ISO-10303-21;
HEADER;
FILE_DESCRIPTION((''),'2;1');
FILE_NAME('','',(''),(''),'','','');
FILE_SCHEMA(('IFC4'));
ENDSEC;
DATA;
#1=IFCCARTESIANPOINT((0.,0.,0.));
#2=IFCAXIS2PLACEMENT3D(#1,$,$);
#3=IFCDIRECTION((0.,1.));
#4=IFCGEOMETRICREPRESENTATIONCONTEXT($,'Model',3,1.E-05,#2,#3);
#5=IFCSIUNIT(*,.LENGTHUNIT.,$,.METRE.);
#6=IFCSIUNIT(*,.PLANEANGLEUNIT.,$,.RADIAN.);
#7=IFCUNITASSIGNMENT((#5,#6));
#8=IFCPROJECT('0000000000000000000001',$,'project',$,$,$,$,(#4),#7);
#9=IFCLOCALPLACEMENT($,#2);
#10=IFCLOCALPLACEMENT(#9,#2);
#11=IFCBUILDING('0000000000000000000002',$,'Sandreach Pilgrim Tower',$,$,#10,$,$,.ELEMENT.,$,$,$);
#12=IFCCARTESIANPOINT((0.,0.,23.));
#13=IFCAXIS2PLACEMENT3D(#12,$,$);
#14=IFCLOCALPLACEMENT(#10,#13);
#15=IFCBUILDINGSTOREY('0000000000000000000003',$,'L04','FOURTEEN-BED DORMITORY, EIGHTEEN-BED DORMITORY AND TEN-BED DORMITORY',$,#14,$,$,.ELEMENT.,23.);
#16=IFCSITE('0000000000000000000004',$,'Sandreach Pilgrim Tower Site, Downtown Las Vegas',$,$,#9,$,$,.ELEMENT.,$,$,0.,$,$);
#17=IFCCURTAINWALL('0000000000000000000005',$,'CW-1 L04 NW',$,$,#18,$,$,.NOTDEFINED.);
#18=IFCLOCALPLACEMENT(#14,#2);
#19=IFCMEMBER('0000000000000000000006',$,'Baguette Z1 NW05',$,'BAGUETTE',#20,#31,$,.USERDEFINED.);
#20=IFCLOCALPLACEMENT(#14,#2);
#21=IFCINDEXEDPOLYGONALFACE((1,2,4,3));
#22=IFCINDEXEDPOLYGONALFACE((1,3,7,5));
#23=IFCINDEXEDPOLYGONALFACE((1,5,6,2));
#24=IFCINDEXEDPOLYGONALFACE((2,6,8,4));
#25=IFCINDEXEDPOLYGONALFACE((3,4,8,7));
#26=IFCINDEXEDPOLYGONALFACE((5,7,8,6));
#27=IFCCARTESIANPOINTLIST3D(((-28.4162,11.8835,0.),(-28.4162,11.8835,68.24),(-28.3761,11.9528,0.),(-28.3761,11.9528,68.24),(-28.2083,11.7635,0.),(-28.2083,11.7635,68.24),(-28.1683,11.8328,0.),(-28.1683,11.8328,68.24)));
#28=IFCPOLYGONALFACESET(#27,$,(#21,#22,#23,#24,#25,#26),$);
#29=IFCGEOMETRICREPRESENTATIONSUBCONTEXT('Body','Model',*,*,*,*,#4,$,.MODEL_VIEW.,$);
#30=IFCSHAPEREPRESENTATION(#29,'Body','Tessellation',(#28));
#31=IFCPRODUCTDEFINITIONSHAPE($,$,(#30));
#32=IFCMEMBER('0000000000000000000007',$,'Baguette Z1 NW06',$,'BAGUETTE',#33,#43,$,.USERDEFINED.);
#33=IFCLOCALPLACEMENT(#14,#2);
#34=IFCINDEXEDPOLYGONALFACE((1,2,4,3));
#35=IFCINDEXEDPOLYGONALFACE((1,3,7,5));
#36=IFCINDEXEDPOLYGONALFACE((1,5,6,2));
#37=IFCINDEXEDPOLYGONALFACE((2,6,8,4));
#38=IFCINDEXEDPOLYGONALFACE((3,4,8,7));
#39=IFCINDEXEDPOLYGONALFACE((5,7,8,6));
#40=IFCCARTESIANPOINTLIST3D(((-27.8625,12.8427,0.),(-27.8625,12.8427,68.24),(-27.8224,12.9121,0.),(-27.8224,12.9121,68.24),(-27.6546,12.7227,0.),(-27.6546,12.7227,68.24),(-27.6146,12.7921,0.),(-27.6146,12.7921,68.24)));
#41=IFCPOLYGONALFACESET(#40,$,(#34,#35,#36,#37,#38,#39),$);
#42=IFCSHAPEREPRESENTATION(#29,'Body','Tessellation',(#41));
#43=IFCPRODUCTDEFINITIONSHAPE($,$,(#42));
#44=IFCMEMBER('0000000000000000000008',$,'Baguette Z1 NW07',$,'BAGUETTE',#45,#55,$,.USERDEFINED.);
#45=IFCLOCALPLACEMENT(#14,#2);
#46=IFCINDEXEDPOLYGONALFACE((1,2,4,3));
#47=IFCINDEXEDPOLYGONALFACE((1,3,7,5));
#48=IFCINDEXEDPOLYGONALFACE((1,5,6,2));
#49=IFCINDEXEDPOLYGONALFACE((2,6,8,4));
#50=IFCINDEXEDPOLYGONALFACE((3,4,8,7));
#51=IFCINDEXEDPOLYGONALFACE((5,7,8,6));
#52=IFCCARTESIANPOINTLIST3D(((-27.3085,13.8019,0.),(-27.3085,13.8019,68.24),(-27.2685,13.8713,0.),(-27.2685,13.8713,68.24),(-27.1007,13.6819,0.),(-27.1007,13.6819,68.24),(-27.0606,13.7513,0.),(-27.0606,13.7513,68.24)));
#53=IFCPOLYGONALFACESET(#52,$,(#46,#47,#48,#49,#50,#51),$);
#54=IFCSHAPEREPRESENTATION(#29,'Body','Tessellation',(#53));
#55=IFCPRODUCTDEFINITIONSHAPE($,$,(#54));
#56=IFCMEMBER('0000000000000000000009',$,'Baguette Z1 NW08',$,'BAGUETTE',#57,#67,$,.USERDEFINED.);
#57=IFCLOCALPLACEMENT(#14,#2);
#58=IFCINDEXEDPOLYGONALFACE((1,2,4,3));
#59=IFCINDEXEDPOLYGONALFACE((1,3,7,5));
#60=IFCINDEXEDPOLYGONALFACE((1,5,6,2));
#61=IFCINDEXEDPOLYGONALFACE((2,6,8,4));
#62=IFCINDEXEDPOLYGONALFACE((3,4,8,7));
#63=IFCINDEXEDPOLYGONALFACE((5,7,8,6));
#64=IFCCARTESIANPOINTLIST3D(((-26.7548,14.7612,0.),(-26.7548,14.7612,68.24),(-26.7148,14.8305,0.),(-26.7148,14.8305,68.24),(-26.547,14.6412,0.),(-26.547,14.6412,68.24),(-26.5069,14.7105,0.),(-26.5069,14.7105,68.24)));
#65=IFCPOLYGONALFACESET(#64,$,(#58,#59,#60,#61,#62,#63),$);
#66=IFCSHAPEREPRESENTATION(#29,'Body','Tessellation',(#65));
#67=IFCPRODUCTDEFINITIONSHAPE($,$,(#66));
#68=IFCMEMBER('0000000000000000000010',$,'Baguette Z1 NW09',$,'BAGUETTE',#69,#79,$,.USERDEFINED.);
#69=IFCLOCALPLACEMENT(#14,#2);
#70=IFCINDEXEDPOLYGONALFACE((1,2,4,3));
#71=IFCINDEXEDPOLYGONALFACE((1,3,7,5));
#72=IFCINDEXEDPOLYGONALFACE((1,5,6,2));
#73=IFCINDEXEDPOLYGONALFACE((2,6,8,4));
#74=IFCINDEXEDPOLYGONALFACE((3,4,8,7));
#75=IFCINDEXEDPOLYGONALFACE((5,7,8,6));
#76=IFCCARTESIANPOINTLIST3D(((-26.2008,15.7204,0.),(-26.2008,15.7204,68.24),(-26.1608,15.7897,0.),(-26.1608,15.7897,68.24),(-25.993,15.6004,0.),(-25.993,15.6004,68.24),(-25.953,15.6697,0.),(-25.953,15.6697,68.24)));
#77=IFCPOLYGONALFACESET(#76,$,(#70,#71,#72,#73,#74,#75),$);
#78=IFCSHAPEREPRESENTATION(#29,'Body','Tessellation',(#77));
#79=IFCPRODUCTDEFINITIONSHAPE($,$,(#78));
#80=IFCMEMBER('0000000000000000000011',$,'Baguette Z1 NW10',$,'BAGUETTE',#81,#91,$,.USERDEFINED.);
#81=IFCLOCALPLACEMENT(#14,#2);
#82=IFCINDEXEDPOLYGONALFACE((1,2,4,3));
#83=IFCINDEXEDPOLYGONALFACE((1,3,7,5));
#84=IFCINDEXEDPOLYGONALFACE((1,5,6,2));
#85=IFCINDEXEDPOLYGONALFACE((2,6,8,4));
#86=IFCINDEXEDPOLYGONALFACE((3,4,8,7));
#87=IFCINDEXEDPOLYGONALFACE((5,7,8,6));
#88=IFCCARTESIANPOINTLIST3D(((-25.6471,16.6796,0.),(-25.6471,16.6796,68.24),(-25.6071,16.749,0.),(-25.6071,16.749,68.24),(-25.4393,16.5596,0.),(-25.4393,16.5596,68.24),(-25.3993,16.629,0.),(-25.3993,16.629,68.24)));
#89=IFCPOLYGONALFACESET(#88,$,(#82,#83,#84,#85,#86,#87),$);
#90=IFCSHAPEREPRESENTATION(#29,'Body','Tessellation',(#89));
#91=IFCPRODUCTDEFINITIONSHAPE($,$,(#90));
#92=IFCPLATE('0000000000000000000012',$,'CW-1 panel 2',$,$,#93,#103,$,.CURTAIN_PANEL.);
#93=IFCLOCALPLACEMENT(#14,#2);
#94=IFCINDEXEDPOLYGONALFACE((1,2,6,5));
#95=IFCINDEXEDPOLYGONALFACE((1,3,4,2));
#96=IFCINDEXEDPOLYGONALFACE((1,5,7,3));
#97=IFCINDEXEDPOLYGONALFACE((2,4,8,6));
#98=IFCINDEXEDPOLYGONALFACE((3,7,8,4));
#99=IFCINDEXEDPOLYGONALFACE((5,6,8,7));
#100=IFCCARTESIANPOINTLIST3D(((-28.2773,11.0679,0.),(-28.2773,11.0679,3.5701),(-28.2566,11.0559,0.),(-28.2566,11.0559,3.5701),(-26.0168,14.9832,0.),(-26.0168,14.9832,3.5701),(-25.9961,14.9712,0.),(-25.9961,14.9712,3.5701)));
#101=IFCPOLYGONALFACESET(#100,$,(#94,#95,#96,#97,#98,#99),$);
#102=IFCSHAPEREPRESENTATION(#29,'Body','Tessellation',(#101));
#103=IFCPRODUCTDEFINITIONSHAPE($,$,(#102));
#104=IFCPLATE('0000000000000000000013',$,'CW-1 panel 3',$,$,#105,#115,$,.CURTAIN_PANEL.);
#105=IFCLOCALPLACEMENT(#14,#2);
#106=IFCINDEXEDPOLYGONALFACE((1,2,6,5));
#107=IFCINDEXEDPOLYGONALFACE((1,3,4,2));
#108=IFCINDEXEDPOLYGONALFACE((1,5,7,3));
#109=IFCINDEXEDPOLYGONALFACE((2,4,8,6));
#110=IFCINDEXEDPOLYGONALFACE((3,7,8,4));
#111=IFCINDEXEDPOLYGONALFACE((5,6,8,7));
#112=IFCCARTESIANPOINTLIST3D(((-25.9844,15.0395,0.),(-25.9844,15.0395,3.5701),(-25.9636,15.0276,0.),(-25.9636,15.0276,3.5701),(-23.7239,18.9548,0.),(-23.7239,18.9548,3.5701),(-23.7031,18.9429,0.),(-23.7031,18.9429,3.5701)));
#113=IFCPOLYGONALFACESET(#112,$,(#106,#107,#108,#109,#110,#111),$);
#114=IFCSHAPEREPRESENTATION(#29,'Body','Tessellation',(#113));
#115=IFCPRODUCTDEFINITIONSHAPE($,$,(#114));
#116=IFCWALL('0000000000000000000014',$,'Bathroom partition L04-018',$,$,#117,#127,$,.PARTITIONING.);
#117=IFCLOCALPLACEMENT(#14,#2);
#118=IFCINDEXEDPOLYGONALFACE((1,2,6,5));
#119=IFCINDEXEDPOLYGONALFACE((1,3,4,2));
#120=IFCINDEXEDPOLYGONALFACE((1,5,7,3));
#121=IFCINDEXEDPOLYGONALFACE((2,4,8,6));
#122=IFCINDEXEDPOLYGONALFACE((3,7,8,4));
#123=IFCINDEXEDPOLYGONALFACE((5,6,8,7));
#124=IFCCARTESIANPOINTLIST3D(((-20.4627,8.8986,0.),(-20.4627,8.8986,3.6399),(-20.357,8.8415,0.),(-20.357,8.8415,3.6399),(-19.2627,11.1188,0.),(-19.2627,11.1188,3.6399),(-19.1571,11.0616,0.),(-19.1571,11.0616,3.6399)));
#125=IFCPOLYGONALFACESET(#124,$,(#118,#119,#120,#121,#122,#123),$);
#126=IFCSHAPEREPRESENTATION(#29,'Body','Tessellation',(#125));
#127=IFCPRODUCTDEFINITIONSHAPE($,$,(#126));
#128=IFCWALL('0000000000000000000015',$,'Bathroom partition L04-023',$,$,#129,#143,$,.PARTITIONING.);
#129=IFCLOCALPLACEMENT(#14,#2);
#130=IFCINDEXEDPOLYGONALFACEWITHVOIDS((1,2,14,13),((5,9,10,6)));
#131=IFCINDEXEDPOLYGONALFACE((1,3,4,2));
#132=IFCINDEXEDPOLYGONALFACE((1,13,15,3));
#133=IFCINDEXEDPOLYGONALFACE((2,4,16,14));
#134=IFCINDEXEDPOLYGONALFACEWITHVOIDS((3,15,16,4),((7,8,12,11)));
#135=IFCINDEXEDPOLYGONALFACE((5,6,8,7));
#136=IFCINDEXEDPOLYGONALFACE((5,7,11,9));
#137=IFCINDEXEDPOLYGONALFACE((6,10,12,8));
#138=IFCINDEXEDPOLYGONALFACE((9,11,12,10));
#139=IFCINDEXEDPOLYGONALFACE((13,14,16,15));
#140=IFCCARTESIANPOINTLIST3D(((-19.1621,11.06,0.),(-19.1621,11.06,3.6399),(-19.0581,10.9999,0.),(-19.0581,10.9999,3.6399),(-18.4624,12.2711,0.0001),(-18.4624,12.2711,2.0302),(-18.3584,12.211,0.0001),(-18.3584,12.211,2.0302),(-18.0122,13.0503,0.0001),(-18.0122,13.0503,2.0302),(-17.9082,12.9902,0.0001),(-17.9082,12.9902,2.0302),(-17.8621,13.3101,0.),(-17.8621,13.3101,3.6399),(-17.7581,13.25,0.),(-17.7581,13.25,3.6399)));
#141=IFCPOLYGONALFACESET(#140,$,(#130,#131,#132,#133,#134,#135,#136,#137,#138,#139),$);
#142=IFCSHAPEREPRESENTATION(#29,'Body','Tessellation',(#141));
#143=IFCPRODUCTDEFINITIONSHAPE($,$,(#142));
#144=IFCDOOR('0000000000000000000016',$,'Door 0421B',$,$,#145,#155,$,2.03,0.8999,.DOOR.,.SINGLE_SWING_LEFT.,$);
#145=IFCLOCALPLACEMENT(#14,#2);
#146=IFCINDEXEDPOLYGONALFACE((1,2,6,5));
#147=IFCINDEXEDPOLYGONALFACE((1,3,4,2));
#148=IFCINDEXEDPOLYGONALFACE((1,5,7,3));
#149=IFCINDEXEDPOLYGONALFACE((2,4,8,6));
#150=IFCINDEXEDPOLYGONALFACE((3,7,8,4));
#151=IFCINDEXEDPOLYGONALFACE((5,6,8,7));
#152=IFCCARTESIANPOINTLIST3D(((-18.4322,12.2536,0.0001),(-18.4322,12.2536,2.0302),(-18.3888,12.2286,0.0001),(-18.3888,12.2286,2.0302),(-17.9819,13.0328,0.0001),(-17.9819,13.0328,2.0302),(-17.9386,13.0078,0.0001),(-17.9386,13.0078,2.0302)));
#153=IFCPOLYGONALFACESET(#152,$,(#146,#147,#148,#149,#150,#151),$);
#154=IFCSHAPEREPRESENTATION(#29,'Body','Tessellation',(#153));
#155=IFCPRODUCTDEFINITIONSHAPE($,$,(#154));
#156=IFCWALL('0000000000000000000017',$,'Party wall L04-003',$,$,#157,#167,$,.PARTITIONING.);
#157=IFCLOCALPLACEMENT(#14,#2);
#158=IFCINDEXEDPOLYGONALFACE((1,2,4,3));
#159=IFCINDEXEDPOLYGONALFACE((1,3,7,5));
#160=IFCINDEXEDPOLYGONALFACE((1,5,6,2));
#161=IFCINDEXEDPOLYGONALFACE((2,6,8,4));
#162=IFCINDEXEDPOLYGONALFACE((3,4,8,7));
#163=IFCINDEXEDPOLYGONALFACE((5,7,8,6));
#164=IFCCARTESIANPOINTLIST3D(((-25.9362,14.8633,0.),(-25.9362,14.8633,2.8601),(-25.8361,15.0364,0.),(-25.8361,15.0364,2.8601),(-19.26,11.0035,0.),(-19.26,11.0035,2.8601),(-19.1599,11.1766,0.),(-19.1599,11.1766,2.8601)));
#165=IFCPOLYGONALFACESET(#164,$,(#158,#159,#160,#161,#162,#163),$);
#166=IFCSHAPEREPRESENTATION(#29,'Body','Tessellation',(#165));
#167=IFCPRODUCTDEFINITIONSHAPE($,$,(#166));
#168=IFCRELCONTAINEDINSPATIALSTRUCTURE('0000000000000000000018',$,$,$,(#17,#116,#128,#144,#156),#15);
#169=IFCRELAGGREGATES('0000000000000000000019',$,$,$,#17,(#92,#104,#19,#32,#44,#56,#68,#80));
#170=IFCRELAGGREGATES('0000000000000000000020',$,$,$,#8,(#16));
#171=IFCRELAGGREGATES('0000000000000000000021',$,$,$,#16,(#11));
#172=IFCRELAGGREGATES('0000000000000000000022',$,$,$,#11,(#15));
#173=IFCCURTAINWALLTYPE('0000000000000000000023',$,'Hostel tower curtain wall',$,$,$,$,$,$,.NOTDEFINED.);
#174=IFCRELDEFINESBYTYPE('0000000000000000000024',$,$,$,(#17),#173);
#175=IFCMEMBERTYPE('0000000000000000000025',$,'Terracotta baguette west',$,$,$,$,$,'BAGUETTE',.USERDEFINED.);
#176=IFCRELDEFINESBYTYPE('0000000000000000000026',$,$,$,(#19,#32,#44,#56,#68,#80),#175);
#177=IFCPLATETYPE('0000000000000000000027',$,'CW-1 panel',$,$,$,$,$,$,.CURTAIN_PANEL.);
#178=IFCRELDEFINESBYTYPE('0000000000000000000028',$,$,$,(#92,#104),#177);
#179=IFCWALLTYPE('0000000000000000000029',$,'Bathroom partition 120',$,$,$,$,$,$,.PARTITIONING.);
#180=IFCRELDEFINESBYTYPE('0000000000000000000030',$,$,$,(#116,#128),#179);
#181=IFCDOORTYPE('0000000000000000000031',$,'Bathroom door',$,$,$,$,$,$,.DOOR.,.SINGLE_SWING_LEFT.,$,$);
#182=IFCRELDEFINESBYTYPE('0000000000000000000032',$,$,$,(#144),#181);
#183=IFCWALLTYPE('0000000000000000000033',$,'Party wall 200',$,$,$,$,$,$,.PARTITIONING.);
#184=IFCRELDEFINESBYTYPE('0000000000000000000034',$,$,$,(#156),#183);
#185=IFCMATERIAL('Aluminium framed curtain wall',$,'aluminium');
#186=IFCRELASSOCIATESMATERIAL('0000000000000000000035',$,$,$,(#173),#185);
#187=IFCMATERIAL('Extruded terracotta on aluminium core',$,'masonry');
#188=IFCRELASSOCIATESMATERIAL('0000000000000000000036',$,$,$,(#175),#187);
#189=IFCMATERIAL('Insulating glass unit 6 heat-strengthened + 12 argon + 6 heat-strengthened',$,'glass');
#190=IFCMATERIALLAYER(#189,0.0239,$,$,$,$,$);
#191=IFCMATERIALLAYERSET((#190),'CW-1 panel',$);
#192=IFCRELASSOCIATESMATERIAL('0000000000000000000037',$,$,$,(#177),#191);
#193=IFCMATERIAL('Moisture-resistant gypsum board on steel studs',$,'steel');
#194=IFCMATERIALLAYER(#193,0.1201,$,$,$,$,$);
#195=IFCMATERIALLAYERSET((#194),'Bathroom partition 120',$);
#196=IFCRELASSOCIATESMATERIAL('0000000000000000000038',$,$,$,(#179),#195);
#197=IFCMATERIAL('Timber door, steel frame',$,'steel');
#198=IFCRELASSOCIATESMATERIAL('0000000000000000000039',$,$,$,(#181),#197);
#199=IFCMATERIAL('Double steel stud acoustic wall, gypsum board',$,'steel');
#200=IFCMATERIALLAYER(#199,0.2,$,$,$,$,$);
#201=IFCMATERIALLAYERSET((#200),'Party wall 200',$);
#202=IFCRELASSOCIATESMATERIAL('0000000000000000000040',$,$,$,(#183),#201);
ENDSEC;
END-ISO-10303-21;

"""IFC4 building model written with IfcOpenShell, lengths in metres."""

from ifc_helpers import new_model, si_unit, direction, frame, frame_2d, origin, origin_2d, place, context, subcontext, project, spatial, rectangle, extrude, material, layer, layer_set, material_profile, profile_set, type_object, element, fill, aggregate, save


model = new_model("IFC4")

# Units and contexts
model_context = context("Model", 3, precision=1e-05, world=origin(), true_north=direction((0.0, 1.0)))
body_context = subcontext(model_context, "Body", "Model", "MODEL_VIEW")
ifc_project = project(units=[si_unit("LENGTHUNIT", "METRE"), si_unit("PLANEANGLEUNIT", "RADIAN")], contexts=[model_context])

# Site, building, storey
site_placement = place(None, origin())
site = spatial("IfcSite", under=ifc_project, at=site_placement, Name="Sandreach Pilgrim Tower Site, Downtown Las Vegas", CompositionType="ELEMENT", RefElevation=0.0)
building_placement = place(site_placement, origin())
building = spatial("IfcBuilding", under=site, at=building_placement, Name="Sandreach Pilgrim Tower", CompositionType="ELEMENT")
storey_placement = place(building_placement, frame((0.0, 0.0, 23.0)))
storey = spatial("IfcBuildingStorey", under=building, at=storey_placement, Name="L04", Description="FOURTEEN-BED DORMITORY, EIGHTEEN-BED DORMITORY AND TEN-BED DORMITORY", CompositionType="ELEMENT", Elevation=23.0)

# Curtain wall
ifc_material_1 = material(Name="Aluminium framed curtain wall", Category="aluminium")
curtain_wall_type = type_object("IfcCurtainWallType", Name="Hostel tower curtain wall", PredefinedType="NOTDEFINED", material=ifc_material_1)
curtain_wall_placement = place(storey_placement, origin())
curtain_wall = element("IfcCurtainWall", 1, at=curtain_wall_placement, inside=storey, type_object=curtain_wall_type, Name="CW-1 L04 NW", PredefinedType="NOTDEFINED")

# Members
ifc_material_2 = material(Name="Extruded terracotta on aluminium core", Category="masonry")
ifc_material_profile_1 = material_profile(ifc_material_2, rectangle(XDim=0.0801, YDim=0.24, at=origin_2d()), Name="TBW 80X240")
ifc_profile_set_1 = profile_set([ifc_material_profile_1], Name="Extruded terracotta on aluminium core")
member_type_1 = type_object("IfcMemberType", Name="Terracotta baguette west", ElementType="BAGUETTE", PredefinedType="USERDEFINED", material=ifc_profile_set_1)
member_1_placement = place(storey_placement, frame((-28.2922, 11.8582, 0.0), z_axis=(0.0, 0.0, 1.0), x_axis=(0.5, 0.866025, 0.0)))
member_1 = element("IfcMember", 2, at=member_1_placement, type_object=member_type_1, Name="Baguette Z1 NW05", ObjectType="BAGUETTE", PredefinedType="USERDEFINED", context=body_context, shape_type="SweptSolid", body=[
    extrude(rectangle(XDim=0.0801, YDim=0.24, at=origin_2d()), origin(), (0.0, 0.0, 1.0), 68.24),
])
member_2_placement = place(storey_placement, frame((-27.7385, 12.8174, 0.0), z_axis=(0.0, 0.0, 1.0), x_axis=(0.5, 0.866025, 0.0)))
member_2 = element("IfcMember", 3, at=member_2_placement, type_object=member_type_1, Name="Baguette Z1 NW06", ObjectType="BAGUETTE", PredefinedType="USERDEFINED", context=body_context, shape_type="SweptSolid", body=[
    extrude(rectangle(XDim=0.0801, YDim=0.24, at=origin_2d()), origin(), (0.0, 0.0, 1.0), 68.24),
])
member_3_placement = place(storey_placement, frame((-27.1846, 13.7766, 0.0), z_axis=(0.0, 0.0, 1.0), x_axis=(0.5, 0.866025, 0.0)))
member_3 = element("IfcMember", 4, at=member_3_placement, type_object=member_type_1, Name="Baguette Z1 NW07", ObjectType="BAGUETTE", PredefinedType="USERDEFINED", context=body_context, shape_type="SweptSolid", body=[
    extrude(rectangle(XDim=0.0801, YDim=0.24, at=origin_2d()), origin(), (0.0, 0.0, 1.0), 68.24),
])
member_4_placement = place(storey_placement, frame((-26.6309, 14.7358, 0.0), z_axis=(0.0, 0.0, 1.0), x_axis=(0.5, 0.866025, 0.0)))
member_4 = element("IfcMember", 5, at=member_4_placement, type_object=member_type_1, Name="Baguette Z1 NW08", ObjectType="BAGUETTE", PredefinedType="USERDEFINED", context=body_context, shape_type="SweptSolid", body=[
    extrude(rectangle(XDim=0.0801, YDim=0.24, at=origin_2d()), origin(), (0.0, 0.0, 1.0), 68.24),
])
member_5_placement = place(storey_placement, frame((-26.0769, 15.6951, 0.0), z_axis=(0.0, 0.0, 1.0), x_axis=(0.5, 0.866025, 0.0)))
member_5 = element("IfcMember", 6, at=member_5_placement, type_object=member_type_1, Name="Baguette Z1 NW09", ObjectType="BAGUETTE", PredefinedType="USERDEFINED", context=body_context, shape_type="SweptSolid", body=[
    extrude(rectangle(XDim=0.0801, YDim=0.24, at=origin_2d()), origin(), (0.0, 0.0, 1.0), 68.24),
])
member_6_placement = place(storey_placement, frame((-25.5232, 16.6543, 0.0), z_axis=(0.0, 0.0, 1.0), x_axis=(0.5, 0.866025, 0.0)))
member_6 = element("IfcMember", 7, at=member_6_placement, type_object=member_type_1, Name="Baguette Z1 NW10", ObjectType="BAGUETTE", PredefinedType="USERDEFINED", context=body_context, shape_type="SweptSolid", body=[
    extrude(rectangle(XDim=0.0801, YDim=0.24, at=origin_2d()), origin(), (0.0, 0.0, 1.0), 68.24),
])

# Plates
ifc_material_3 = material(Name="Insulating glass unit 6 heat-strengthened + 12 argon + 6 heat-strengthened", Category="glass")
ifc_layer_1 = layer(ifc_material_3, 0.0239)
ifc_layer_set_1 = layer_set([ifc_layer_1], Name="CW-1 panel")
plate_type = type_object("IfcPlateType", Name="CW-1 panel", PredefinedType="CURTAIN_PANEL", material=ifc_layer_set_1)
plate_1_placement = place(storey_placement, frame((-27.1367, 13.0195, 0.0), z_axis=(0.0, 0.0, 1.0), x_axis=(0.5, 0.866025, 0.0)))
plate_1 = element("IfcPlate", 8, at=plate_1_placement, type_object=plate_type, Name="CW-1 panel 2", PredefinedType="CURTAIN_PANEL", context=body_context, shape_type="SweptSolid", body=[
    extrude(rectangle(XDim=4.521, YDim=0.0239, at=origin_2d()), origin(), (0.0, 0.0, 1.0), 3.5701),
])
plate_2_placement = place(storey_placement, frame((-24.8438, 16.9912, 0.0), z_axis=(0.0, 0.0, 1.0), x_axis=(0.5, 0.866025, 0.0)))
plate_2 = element("IfcPlate", 9, at=plate_2_placement, type_object=plate_type, Name="CW-1 panel 3", PredefinedType="CURTAIN_PANEL", context=body_context, shape_type="SweptSolid", body=[
    extrude(rectangle(XDim=4.521, YDim=0.0239, at=origin_2d()), origin(), (0.0, 0.0, 1.0), 3.5701),
])
aggregate(curtain_wall, [plate_1, plate_2, member_1, member_2, member_3, member_4, member_5, member_6])

# Wall
ifc_material_4 = material(Name="Moisture-resistant gypsum board on steel studs", Category="steel")
ifc_layer_2 = layer(ifc_material_4, 0.1201)
ifc_layer_set_2 = layer_set([ifc_layer_2], Name="Bathroom partition 120")
wall_type_1 = type_object("IfcWallType", Name="Bathroom partition 120", PredefinedType="PARTITIONING", material=ifc_layer_set_2)
wall_1_placement = place(storey_placement, frame((-19.21, 11.0901, 0.0), z_axis=(0.0, 0.0, 1.0), x_axis=(-0.475466, -0.879734, 0.0)))
element("IfcWall", 10, at=wall_1_placement, inside=storey, type_object=wall_type_1, Name="Bathroom partition L04-018", PredefinedType="PARTITIONING", context=body_context, shape_type="SweptSolid", body=[
    extrude(rectangle(XDim=2.5237, YDim=0.1201, at=frame_2d((1.2617, 0.0))), origin(), (0.0, 0.0, 1.0), 3.6399),
])

# Wall, opening, door
wall_2_placement = place(storey_placement, frame((-17.8101, 13.28, 0.0), z_axis=(0.0, 0.0, 1.0), x_axis=(-0.500292, -0.865857, 0.0)))
wall_2 = element("IfcWall", 11, at=wall_2_placement, inside=storey, type_object=wall_type_1, Name="Bathroom partition L04-023", PredefinedType="PARTITIONING", context=body_context, shape_type="SweptSolid", body=[
    extrude(rectangle(XDim=2.5986, YDim=0.1201, at=frame_2d((1.2993, 0.0))), origin(), (0.0, 0.0, 1.0), 3.6399),
])
opening_placement = place(wall_2_placement, frame((0.3, 0.0, 0.0)))
opening = element("IfcOpeningElement", 12, at=opening_placement, cuts=wall_2, PredefinedType="OPENING", context=body_context, shape_type="SweptSolid", body=[
    extrude(rectangle(XDim=0.8999, YDim=2.03, at=frame_2d((0.45, 1.0151))), frame((0.0, 0.0601, 0.0), z_axis=(0.0, -1.0, 0.0), x_axis=(1.0, 0.0, 0.0)), (0.0, 0.0, 1.0), 0.1201),
])
ifc_material_5 = material(Name="Timber door, steel frame", Category="steel")
door_type = type_object("IfcDoorType", Name="Bathroom door", OperationType="SINGLE_SWING_LEFT", PredefinedType="DOOR", material=ifc_material_5)
door_placement = place(opening_placement, origin())
door = element("IfcDoor", 13, at=door_placement, inside=storey, type_object=door_type, Name="Door 0421B", OperationType="SINGLE_SWING_LEFT", OverallHeight=2.03, OverallWidth=0.8999, PredefinedType="DOOR", context=body_context, shape_type="SweptSolid", body=[
    extrude(rectangle(XDim=0.8999, YDim=2.03, at=frame_2d((0.45, 1.0151))), frame((0.0, 0.0249, 0.0), z_axis=(0.0, -1.0, 0.0), x_axis=(1.0, 0.0, 0.0)), (0.0, 0.0, 1.0), 0.05),
])
fill(opening, door)

# Wall
ifc_material_6 = material(Name="Double steel stud acoustic wall, gypsum board", Category="steel")
ifc_layer_3 = layer(ifc_material_6, 0.2)
ifc_layer_set_3 = layer_set([ifc_layer_3], Name="Party wall 200")
wall_type_2 = type_object("IfcWallType", Name="Party wall 200", PredefinedType="PARTITIONING", material=ifc_layer_set_3)
wall_3_placement = place(storey_placement, frame((-25.8862, 14.95, 0.0), z_axis=(0.0, 0.0, 1.0), x_axis=(0.865727, -0.500517, 0.0)))
element("IfcWall", 14, at=wall_3_placement, inside=storey, type_object=wall_type_2, Name="Party wall L04-003", PredefinedType="PARTITIONING", context=body_context, shape_type="SweptSolid", body=[
    extrude(rectangle(XDim=7.7117, YDim=0.2, at=frame_2d((3.856, 0.0))), origin(), (0.0, 0.0, 1.0), 2.8601),
])

save(model, "model.ifc")
